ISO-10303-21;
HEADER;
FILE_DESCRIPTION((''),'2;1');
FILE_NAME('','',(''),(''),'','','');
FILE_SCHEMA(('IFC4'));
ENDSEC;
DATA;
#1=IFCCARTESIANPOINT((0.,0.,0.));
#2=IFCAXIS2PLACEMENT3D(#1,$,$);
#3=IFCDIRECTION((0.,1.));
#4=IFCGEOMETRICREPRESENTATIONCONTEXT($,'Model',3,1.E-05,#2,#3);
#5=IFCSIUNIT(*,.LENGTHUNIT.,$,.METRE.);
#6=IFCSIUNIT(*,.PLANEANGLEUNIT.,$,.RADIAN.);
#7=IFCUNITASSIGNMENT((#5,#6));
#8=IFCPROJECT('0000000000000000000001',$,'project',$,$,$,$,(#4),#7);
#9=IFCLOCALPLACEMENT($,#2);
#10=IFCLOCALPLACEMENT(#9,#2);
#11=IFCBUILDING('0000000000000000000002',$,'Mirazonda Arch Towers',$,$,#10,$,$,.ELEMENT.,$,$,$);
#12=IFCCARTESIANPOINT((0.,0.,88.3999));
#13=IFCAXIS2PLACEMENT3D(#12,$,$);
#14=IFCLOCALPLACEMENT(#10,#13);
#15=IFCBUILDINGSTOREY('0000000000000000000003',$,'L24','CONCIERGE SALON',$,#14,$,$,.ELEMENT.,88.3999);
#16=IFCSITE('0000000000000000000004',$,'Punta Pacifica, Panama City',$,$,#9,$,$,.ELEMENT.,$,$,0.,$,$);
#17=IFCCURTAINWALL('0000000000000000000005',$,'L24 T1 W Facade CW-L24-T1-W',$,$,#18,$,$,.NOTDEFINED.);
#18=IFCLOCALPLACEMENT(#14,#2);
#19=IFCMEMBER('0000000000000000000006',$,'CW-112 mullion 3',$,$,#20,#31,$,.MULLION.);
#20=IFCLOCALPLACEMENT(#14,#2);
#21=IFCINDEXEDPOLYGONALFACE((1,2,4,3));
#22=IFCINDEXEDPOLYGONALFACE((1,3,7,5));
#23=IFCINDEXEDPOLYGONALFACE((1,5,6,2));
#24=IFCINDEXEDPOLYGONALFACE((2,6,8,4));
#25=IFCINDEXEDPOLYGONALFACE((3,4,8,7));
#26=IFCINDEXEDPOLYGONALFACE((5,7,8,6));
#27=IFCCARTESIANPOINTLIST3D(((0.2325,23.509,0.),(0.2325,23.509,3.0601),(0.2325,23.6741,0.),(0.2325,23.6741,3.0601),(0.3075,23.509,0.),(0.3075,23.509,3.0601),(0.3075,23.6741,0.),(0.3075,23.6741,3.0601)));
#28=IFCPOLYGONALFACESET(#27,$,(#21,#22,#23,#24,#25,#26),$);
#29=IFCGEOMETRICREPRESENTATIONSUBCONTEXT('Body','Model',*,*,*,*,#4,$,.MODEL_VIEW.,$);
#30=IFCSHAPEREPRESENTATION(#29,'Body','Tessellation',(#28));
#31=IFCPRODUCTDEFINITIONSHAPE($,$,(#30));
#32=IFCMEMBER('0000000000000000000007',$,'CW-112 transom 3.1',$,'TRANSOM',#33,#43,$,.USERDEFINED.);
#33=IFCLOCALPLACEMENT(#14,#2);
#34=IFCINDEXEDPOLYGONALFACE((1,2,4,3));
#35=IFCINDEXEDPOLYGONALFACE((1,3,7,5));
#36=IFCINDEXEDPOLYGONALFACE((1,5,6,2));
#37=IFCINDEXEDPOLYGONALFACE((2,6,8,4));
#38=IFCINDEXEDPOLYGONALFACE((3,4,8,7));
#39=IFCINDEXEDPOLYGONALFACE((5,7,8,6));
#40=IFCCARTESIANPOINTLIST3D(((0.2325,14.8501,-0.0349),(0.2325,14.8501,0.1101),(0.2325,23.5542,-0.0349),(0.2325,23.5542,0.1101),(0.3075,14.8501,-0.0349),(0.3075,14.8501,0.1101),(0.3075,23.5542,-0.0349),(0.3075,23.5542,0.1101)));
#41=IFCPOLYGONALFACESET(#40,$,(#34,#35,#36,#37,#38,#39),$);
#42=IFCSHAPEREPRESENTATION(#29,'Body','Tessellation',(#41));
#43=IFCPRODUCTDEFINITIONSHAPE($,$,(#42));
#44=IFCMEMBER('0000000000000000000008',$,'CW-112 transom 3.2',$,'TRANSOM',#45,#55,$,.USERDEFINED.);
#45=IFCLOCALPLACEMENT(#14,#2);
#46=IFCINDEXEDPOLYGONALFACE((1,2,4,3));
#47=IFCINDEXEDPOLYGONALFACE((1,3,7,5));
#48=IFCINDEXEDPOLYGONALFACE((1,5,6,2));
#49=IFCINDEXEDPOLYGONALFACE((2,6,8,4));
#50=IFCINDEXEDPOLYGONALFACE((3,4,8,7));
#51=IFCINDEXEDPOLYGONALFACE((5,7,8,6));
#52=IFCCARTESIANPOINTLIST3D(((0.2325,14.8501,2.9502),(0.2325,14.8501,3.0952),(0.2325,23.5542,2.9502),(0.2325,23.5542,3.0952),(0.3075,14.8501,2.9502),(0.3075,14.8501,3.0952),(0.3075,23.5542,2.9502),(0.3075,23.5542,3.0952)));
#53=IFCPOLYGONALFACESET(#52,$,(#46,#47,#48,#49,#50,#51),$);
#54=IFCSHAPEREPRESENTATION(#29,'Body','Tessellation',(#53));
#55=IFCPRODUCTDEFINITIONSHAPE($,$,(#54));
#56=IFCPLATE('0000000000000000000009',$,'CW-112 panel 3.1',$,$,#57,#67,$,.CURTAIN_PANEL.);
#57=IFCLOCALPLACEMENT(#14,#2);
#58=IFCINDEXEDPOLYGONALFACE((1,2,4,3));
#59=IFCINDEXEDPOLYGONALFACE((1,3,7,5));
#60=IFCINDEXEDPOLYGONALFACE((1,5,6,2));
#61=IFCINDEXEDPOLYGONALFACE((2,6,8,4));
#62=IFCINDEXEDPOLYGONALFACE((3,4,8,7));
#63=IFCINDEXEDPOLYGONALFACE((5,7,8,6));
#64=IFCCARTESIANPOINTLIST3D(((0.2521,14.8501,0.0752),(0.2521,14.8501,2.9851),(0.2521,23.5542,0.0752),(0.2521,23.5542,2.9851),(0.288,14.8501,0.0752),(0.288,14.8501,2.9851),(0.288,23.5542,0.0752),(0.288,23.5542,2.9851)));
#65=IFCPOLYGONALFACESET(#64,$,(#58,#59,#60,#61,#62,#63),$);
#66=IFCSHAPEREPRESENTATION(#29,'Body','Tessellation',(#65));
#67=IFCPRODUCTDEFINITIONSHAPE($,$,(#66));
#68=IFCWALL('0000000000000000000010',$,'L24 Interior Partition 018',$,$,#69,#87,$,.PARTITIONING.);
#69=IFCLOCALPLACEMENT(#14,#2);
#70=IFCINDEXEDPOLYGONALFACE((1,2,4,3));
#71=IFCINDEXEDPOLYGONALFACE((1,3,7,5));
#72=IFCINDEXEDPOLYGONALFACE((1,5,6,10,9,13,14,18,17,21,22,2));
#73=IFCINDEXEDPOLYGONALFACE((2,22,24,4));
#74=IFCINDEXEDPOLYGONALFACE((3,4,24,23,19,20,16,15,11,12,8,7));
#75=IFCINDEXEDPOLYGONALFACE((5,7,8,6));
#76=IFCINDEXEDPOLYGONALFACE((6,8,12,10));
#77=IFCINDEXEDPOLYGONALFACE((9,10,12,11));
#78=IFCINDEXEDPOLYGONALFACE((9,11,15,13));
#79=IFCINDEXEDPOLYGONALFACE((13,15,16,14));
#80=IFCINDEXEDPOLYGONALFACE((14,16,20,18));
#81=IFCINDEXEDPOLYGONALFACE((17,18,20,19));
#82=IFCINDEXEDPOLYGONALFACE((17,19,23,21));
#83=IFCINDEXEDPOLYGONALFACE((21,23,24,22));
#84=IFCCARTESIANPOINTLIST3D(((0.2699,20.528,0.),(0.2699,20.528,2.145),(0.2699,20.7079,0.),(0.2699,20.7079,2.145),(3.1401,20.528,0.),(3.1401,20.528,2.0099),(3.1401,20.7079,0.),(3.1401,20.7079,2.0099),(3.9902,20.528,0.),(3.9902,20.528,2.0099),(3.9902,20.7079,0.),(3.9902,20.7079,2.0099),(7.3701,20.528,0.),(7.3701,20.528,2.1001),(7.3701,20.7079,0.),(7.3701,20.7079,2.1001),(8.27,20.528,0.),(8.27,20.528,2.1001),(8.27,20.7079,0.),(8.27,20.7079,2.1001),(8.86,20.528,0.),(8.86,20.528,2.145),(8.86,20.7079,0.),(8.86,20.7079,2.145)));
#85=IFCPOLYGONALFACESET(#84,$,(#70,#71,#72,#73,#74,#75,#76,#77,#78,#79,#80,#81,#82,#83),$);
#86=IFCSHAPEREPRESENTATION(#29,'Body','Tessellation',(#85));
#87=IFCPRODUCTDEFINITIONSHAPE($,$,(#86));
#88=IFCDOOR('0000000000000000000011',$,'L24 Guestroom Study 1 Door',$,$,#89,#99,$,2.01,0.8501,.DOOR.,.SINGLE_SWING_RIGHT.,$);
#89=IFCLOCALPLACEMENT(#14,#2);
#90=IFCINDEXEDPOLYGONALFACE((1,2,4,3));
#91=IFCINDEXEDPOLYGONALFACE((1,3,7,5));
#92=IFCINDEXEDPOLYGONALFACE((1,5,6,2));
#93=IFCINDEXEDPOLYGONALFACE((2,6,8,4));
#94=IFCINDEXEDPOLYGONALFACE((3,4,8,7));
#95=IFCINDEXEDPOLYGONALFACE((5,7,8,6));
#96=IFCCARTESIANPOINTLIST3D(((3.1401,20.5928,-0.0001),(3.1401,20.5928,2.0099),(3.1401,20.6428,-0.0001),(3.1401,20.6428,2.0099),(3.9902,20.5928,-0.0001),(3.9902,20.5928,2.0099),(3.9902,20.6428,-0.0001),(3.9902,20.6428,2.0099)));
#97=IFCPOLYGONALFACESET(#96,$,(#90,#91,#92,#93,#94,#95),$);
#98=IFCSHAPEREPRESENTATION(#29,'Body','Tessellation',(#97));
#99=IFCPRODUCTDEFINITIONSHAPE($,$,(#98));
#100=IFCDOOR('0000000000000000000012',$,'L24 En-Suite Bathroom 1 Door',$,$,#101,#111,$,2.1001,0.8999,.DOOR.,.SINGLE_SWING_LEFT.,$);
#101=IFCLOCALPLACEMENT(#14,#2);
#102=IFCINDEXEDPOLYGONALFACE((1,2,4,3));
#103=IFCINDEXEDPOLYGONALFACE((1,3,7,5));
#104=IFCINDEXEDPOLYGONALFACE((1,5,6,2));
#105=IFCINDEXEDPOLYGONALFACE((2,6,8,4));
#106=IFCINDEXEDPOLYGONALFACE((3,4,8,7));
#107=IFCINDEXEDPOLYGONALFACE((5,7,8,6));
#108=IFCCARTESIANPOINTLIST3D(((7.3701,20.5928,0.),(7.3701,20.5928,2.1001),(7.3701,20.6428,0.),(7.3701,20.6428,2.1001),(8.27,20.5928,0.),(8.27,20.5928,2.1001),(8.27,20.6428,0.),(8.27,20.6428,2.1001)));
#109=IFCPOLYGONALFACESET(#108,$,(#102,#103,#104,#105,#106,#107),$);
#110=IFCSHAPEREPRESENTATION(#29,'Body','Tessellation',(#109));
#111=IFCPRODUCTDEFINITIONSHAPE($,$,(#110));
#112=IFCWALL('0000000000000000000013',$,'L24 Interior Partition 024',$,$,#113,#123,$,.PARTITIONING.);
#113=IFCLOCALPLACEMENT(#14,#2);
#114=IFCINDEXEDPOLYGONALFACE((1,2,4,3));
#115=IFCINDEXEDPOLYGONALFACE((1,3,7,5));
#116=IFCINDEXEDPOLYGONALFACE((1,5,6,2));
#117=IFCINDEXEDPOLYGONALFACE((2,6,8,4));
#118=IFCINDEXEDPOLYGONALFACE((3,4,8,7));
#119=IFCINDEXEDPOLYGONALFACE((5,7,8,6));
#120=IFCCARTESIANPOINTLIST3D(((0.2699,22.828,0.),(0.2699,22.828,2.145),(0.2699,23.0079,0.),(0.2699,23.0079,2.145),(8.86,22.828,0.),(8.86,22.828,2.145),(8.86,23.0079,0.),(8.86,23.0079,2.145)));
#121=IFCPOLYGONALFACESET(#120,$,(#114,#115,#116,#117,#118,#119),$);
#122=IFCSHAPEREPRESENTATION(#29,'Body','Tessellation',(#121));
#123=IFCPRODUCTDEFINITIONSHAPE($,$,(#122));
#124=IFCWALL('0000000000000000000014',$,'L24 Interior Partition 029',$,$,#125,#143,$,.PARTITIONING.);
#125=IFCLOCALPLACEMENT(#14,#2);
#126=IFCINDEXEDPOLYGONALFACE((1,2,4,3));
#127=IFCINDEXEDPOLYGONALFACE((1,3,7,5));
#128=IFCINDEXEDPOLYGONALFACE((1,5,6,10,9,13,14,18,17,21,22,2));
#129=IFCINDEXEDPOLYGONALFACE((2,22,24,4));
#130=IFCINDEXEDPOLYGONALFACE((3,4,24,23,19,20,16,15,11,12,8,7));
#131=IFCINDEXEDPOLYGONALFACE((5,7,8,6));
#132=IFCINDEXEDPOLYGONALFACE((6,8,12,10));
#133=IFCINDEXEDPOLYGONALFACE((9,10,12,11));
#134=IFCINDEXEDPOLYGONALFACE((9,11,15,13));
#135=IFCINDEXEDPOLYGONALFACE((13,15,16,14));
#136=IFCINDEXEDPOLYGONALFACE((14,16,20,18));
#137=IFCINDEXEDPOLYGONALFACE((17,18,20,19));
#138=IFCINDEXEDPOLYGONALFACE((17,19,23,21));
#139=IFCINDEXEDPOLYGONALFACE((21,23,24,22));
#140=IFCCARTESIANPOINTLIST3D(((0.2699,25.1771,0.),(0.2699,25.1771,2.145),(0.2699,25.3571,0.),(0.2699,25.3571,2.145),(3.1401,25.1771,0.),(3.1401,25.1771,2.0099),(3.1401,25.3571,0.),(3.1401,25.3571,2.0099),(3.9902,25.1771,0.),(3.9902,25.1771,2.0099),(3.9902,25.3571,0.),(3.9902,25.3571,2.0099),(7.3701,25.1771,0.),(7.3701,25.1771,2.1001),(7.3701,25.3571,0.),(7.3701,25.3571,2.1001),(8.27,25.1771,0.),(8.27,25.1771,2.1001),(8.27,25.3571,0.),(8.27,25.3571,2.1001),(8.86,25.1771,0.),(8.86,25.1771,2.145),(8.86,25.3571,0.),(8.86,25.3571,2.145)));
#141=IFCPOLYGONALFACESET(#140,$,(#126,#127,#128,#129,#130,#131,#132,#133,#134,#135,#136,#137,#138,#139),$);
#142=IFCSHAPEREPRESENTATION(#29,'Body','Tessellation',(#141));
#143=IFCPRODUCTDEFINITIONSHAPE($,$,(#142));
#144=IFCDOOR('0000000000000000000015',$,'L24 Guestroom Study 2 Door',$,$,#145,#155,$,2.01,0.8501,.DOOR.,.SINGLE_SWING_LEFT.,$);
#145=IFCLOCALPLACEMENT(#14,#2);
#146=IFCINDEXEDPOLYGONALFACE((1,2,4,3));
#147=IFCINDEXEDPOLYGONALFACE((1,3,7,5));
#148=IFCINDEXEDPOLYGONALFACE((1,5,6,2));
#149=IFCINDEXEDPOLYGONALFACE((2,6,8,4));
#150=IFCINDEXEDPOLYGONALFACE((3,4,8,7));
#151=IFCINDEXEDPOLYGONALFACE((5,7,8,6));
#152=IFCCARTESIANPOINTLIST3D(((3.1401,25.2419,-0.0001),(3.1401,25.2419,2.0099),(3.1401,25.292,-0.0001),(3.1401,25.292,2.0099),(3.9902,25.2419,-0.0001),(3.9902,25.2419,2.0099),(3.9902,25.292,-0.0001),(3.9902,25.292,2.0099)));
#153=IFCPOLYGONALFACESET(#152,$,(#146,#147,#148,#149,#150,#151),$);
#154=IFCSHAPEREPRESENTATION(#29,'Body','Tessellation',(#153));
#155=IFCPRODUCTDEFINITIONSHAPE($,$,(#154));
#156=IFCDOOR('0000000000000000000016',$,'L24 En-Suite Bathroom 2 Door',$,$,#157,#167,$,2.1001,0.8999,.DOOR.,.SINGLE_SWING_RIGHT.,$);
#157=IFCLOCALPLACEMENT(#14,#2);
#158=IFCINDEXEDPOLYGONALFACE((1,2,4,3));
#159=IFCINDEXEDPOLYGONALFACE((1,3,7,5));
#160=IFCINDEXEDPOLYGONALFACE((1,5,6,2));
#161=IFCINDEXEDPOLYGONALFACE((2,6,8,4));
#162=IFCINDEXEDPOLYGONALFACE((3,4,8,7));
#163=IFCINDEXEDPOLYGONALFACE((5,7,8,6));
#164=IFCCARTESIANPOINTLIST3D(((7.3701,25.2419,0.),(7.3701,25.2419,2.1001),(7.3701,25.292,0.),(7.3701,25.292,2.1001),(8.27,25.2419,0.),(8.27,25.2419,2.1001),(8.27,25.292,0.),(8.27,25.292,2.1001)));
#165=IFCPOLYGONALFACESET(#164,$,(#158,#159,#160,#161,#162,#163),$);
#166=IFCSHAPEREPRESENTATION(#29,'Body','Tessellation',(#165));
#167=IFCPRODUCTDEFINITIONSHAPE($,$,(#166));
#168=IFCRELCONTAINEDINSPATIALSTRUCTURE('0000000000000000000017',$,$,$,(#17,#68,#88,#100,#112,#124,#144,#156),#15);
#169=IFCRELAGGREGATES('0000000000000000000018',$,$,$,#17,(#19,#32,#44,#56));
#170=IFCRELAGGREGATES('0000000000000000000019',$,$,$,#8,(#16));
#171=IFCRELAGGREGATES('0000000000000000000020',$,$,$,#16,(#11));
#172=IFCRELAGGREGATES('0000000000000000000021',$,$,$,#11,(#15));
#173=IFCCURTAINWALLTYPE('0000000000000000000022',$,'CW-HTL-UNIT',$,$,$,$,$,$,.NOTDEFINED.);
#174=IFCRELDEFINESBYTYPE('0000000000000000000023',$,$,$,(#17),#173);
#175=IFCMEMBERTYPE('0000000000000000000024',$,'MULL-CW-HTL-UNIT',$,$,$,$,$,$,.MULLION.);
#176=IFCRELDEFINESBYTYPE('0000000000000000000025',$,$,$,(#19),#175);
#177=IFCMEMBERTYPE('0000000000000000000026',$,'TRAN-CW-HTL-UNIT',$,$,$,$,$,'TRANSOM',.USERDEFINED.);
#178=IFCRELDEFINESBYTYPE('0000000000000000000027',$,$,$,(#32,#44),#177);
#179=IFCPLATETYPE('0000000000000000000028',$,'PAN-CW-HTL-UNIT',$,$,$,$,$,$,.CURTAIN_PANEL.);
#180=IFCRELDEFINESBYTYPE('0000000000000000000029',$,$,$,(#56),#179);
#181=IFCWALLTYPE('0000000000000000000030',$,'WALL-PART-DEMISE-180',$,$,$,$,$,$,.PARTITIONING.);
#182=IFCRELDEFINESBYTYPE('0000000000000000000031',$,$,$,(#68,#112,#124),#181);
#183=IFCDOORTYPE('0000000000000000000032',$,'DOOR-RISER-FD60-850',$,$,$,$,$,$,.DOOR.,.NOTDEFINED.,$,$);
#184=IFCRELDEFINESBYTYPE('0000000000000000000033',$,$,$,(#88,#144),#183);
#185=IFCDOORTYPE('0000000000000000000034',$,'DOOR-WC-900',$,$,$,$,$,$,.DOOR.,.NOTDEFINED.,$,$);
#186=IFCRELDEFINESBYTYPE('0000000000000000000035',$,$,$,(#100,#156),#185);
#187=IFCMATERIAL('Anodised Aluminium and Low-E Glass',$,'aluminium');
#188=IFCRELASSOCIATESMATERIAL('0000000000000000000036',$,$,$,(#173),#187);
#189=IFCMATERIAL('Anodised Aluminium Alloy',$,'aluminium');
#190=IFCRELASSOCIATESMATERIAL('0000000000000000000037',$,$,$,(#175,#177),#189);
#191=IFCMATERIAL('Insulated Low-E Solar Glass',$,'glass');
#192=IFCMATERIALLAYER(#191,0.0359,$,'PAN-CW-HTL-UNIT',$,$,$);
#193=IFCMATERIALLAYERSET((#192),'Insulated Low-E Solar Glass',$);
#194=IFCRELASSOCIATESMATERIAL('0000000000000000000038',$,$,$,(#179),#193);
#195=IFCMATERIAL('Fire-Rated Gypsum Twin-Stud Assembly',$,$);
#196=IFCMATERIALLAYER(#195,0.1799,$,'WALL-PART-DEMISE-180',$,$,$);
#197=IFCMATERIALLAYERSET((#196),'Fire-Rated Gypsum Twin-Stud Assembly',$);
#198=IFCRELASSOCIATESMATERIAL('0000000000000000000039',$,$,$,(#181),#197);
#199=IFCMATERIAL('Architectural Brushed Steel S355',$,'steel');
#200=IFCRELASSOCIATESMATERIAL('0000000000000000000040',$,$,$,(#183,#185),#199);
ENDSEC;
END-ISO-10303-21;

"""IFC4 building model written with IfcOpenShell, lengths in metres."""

from ifc_helpers import new_model, si_unit, direction, frame, frame_2d, origin, origin_2d, place, context, subcontext, project, spatial, rectangle, extrude, material, layer, layer_set, material_profile, profile_set, type_object, element, fill, aggregate, save


model = new_model("IFC4")

# Units and contexts
model_context = context("Model", 3, precision=1e-05, world=origin(), true_north=direction((0.0, 1.0)))
body_context = subcontext(model_context, "Body", "Model", "MODEL_VIEW")
ifc_project = project(units=[si_unit("LENGTHUNIT", "METRE"), si_unit("PLANEANGLEUNIT", "RADIAN")], contexts=[model_context])

# Site, building, storey
site_placement = place(None, origin())
site = spatial("IfcSite", under=ifc_project, at=site_placement, Name="Punta Pacifica, Panama City", CompositionType="ELEMENT", RefElevation=0.0)
building_placement = place(site_placement, origin())
building = spatial("IfcBuilding", under=site, at=building_placement, Name="Mirazonda Arch Towers", CompositionType="ELEMENT")
storey_placement = place(building_placement, frame((0.0, 0.0, 88.3999)))
storey = spatial("IfcBuildingStorey", under=building, at=storey_placement, Name="L24", Description="CONCIERGE SALON", CompositionType="ELEMENT", Elevation=88.3999)

# Curtain wall, members, plate
ifc_material_1 = material(Name="Anodised Aluminium and Low-E Glass", Category="aluminium")
curtain_wall_type = type_object("IfcCurtainWallType", Name="CW-HTL-UNIT", PredefinedType="NOTDEFINED", material=ifc_material_1)
curtain_wall_placement = place(storey_placement, origin())
curtain_wall = element("IfcCurtainWall", 1, at=curtain_wall_placement, inside=storey, type_object=curtain_wall_type, Name="L24 T1 W Facade CW-L24-T1-W", PredefinedType="NOTDEFINED")
ifc_material_2 = material(Name="Anodised Aluminium Alloy", Category="aluminium")
ifc_material_profile_1 = material_profile(ifc_material_2, rectangle(XDim=0.075, YDim=0.165, at=origin_2d()), Name="ALU-MULL-75x165")
ifc_profile_set_1 = profile_set([ifc_material_profile_1], Name="Anodised Aluminium Alloy")
member_type_1 = type_object("IfcMemberType", Name="MULL-CW-HTL-UNIT", PredefinedType="MULLION", material=ifc_profile_set_1)
member_1_placement = place(storey_placement, frame((0.27, 23.5916, 0.0), z_axis=(0.0, 0.0, 1.0), x_axis=(1.0, 0.0, 0.0)))
member_1 = element("IfcMember", 2, at=member_1_placement, type_object=member_type_1, Name="CW-112 mullion 3", PredefinedType="MULLION", context=body_context, shape_type="SweptSolid", body=[
    extrude(rectangle(XDim=0.075, YDim=0.165, at=origin_2d()), origin(), (0.0, 0.0, 1.0), 3.0601),
])
ifc_material_profile_2 = material_profile(ifc_material_2, rectangle(XDim=0.075, YDim=0.145, at=origin_2d()), Name="ALU-TRAN-75x145")
ifc_profile_set_2 = profile_set([ifc_material_profile_2], Name="Anodised Aluminium Alloy")
member_type_2 = type_object("IfcMemberType", Name="TRAN-CW-HTL-UNIT", ElementType="TRANSOM", PredefinedType="USERDEFINED", material=ifc_profile_set_2)
member_2_placement = place(storey_placement, frame((0.27, 23.5542, 0.0376), z_axis=(0.0, -1.0, 0.0), x_axis=(1.0, 0.0, 0.0)))
member_2 = element("IfcMember", 3, at=member_2_placement, type_object=member_type_2, Name="CW-112 transom 3.1", ObjectType="TRANSOM", PredefinedType="USERDEFINED", context=body_context, shape_type="SweptSolid", body=[
    extrude(rectangle(XDim=0.075, YDim=0.145, at=origin_2d()), origin(), (0.0, 0.0, 1.0), 8.7041),
])
member_3_placement = place(storey_placement, frame((0.27, 23.5542, 3.0227), z_axis=(0.0, -1.0, 0.0), x_axis=(1.0, 0.0, 0.0)))
member_3 = element("IfcMember", 4, at=member_3_placement, type_object=member_type_2, Name="CW-112 transom 3.2", ObjectType="TRANSOM", PredefinedType="USERDEFINED", context=body_context, shape_type="SweptSolid", body=[
    extrude(rectangle(XDim=0.075, YDim=0.145, at=origin_2d()), origin(), (0.0, 0.0, 1.0), 8.7041),
])
ifc_material_3 = material(Name="Insulated Low-E Solar Glass", Category="glass")
ifc_layer_1 = layer(ifc_material_3, 0.0359, Name="PAN-CW-HTL-UNIT")
ifc_layer_set_1 = layer_set([ifc_layer_1], Name="Insulated Low-E Solar Glass")
plate_type = type_object("IfcPlateType", Name="PAN-CW-HTL-UNIT", PredefinedType="CURTAIN_PANEL", material=ifc_layer_set_1)
plate_placement = place(storey_placement, frame((0.27, 19.2021, 0.0752), z_axis=(0.0, 0.0, 1.0), x_axis=(0.0, -1.0, 0.0)))
plate = element("IfcPlate", 5, at=plate_placement, type_object=plate_type, Name="CW-112 panel 3.1", PredefinedType="CURTAIN_PANEL", context=body_context, shape_type="SweptSolid", body=[
    extrude(rectangle(XDim=8.7041, YDim=0.0359, at=origin_2d()), origin(), (0.0, 0.0, 1.0), 2.9099),
])
aggregate(curtain_wall, [member_1, member_2, member_3, plate])

# Wall, openings, doors
ifc_material_4 = material(Name="Fire-Rated Gypsum Twin-Stud Assembly")
ifc_layer_2 = layer(ifc_material_4, 0.1799, Name="WALL-PART-DEMISE-180")
ifc_layer_set_2 = layer_set([ifc_layer_2], Name="Fire-Rated Gypsum Twin-Stud Assembly")
wall_type_1 = type_object("IfcWallType", Name="WALL-PART-DEMISE-180", PredefinedType="PARTITIONING", material=ifc_layer_set_2)
wall_1_placement = place(storey_placement, frame((0.27, 20.6179, 0.0), z_axis=(0.0, 0.0, 1.0), x_axis=(1.0, 0.0, 0.0)))
wall_1 = element("IfcWall", 6, at=wall_1_placement, inside=storey, type_object=wall_type_1, Name="L24 Interior Partition 018", PredefinedType="PARTITIONING", context=body_context, shape_type="SweptSolid", body=[
    extrude(rectangle(XDim=8.5901, YDim=0.1799, at=frame_2d((4.2949, 0.0))), origin(), (0.0, 0.0, 1.0), 2.145),
])
opening_1_placement = place(wall_1_placement, frame((2.8701, 0.0, 0.0)))
opening_1 = element("IfcOpeningElement", 7, at=opening_1_placement, cuts=wall_1, PredefinedType="OPENING", context=body_context, shape_type="SweptSolid", body=[
    extrude(rectangle(XDim=0.8501, YDim=2.01, at=frame_2d((0.425, 1.0049))), frame((0.0, 0.0999, 0.0), z_axis=(0.0, -1.0, 0.0), x_axis=(1.0, 0.0, 0.0)), (0.0, 0.0, 1.0), 0.2),
])
opening_2_placement = place(wall_1_placement, frame((7.1001, 0.0, 0.0)))
opening_2 = element("IfcOpeningElement", 8, at=opening_2_placement, cuts=wall_1, PredefinedType="OPENING", context=body_context, shape_type="SweptSolid", body=[
    extrude(rectangle(XDim=0.8999, YDim=2.1001, at=frame_2d((0.45, 1.05))), frame((0.0, 0.0999, 0.0), z_axis=(0.0, -1.0, 0.0), x_axis=(1.0, 0.0, 0.0)), (0.0, 0.0, 1.0), 0.2),
])
ifc_material_5 = material(Name="Architectural Brushed Steel S355", Category="steel")
door_type_1 = type_object("IfcDoorType", Name="DOOR-RISER-FD60-850", OperationType="NOTDEFINED", PredefinedType="DOOR", material=ifc_material_5)
door_1_placement = place(opening_1_placement, origin())
door_1 = element("IfcDoor", 9, at=door_1_placement, inside=storey, type_object=door_type_1, Name="L24 Guestroom Study 1 Door", OperationType="SINGLE_SWING_RIGHT", OverallHeight=2.01, OverallWidth=0.8501, PredefinedType="DOOR", context=body_context, shape_type="SweptSolid", body=[
    extrude(rectangle(XDim=0.8501, YDim=2.01, at=frame_2d((0.425, 1.0049))), frame((0.0, 0.0249, 0.0), z_axis=(0.0, -1.0, 0.0), x_axis=(1.0, 0.0, 0.0)), (0.0, 0.0, 1.0), 0.05),
])
fill(opening_1, door_1)
door_type_2 = type_object("IfcDoorType", Name="DOOR-WC-900", OperationType="NOTDEFINED", PredefinedType="DOOR", material=ifc_material_5)
door_2_placement = place(opening_2_placement, origin())
door_2 = element("IfcDoor", 10, at=door_2_placement, inside=storey, type_object=door_type_2, Name="L24 En-Suite Bathroom 1 Door", OperationType="SINGLE_SWING_LEFT", OverallHeight=2.1001, OverallWidth=0.8999, PredefinedType="DOOR", context=body_context, shape_type="SweptSolid", body=[
    extrude(rectangle(XDim=0.8999, YDim=2.1001, at=frame_2d((0.45, 1.05))), frame((0.0, 0.0249, 0.0), z_axis=(0.0, -1.0, 0.0), x_axis=(1.0, 0.0, 0.0)), (0.0, 0.0, 1.0), 0.05),
])
fill(opening_2, door_2)

# Wall
wall_2_placement = place(storey_placement, frame((0.27, 22.918, 0.0), z_axis=(0.0, 0.0, 1.0), x_axis=(1.0, 0.0, 0.0)))
element("IfcWall", 11, at=wall_2_placement, inside=storey, type_object=wall_type_1, Name="L24 Interior Partition 024", PredefinedType="PARTITIONING", context=body_context, shape_type="SweptSolid", body=[
    extrude(rectangle(XDim=8.5901, YDim=0.1799, at=frame_2d((4.2949, 0.0))), origin(), (0.0, 0.0, 1.0), 2.145),
])

# Wall, openings, doors
wall_3_placement = place(storey_placement, frame((0.27, 25.2671, 0.0), z_axis=(0.0, 0.0, 1.0), x_axis=(1.0, 0.0, 0.0)))
wall_3 = element("IfcWall", 12, at=wall_3_placement, inside=storey, type_object=wall_type_1, Name="L24 Interior Partition 029", PredefinedType="PARTITIONING", context=body_context, shape_type="SweptSolid", body=[
    extrude(rectangle(XDim=8.5901, YDim=0.1799, at=frame_2d((4.2949, 0.0))), origin(), (0.0, 0.0, 1.0), 2.145),
])
opening_3_placement = place(wall_3_placement, frame((2.8701, 0.0, 0.0)))
opening_3 = element("IfcOpeningElement", 13, at=opening_3_placement, cuts=wall_3, PredefinedType="OPENING", context=body_context, shape_type="SweptSolid", body=[
    extrude(rectangle(XDim=0.8501, YDim=2.01, at=frame_2d((0.425, 1.0049))), frame((0.0, 0.0999, 0.0), z_axis=(0.0, -1.0, 0.0), x_axis=(1.0, 0.0, 0.0)), (0.0, 0.0, 1.0), 0.2),
])
opening_4_placement = place(wall_3_placement, frame((7.1001, 0.0, 0.0)))
opening_4 = element("IfcOpeningElement", 14, at=opening_4_placement, cuts=wall_3, PredefinedType="OPENING", context=body_context, shape_type="SweptSolid", body=[
    extrude(rectangle(XDim=0.8999, YDim=2.1001, at=frame_2d((0.45, 1.05))), frame((0.0, 0.0999, 0.0), z_axis=(0.0, -1.0, 0.0), x_axis=(1.0, 0.0, 0.0)), (0.0, 0.0, 1.0), 0.2),
])
door_3_placement = place(opening_3_placement, origin())
door_3 = element("IfcDoor", 15, at=door_3_placement, inside=storey, type_object=door_type_1, Name="L24 Guestroom Study 2 Door", OperationType="SINGLE_SWING_LEFT", OverallHeight=2.01, OverallWidth=0.8501, PredefinedType="DOOR", context=body_context, shape_type="SweptSolid", body=[
    extrude(rectangle(XDim=0.8501, YDim=2.01, at=frame_2d((0.425, 1.0049))), frame((0.0, 0.0249, 0.0), z_axis=(0.0, -1.0, 0.0), x_axis=(1.0, 0.0, 0.0)), (0.0, 0.0, 1.0), 0.05),
])
fill(opening_3, door_3)
door_4_placement = place(opening_4_placement, origin())
door_4 = element("IfcDoor", 16, at=door_4_placement, inside=storey, type_object=door_type_2, Name="L24 En-Suite Bathroom 2 Door", OperationType="SINGLE_SWING_RIGHT", OverallHeight=2.1001, OverallWidth=0.8999, PredefinedType="DOOR", context=body_context, shape_type="SweptSolid", body=[
    extrude(rectangle(XDim=0.8999, YDim=2.1001, at=frame_2d((0.45, 1.05))), frame((0.0, 0.0249, 0.0), z_axis=(0.0, -1.0, 0.0), x_axis=(1.0, 0.0, 0.0)), (0.0, 0.0, 1.0), 0.05),
])
fill(opening_4, door_4)

save(model, "model.ifc")
